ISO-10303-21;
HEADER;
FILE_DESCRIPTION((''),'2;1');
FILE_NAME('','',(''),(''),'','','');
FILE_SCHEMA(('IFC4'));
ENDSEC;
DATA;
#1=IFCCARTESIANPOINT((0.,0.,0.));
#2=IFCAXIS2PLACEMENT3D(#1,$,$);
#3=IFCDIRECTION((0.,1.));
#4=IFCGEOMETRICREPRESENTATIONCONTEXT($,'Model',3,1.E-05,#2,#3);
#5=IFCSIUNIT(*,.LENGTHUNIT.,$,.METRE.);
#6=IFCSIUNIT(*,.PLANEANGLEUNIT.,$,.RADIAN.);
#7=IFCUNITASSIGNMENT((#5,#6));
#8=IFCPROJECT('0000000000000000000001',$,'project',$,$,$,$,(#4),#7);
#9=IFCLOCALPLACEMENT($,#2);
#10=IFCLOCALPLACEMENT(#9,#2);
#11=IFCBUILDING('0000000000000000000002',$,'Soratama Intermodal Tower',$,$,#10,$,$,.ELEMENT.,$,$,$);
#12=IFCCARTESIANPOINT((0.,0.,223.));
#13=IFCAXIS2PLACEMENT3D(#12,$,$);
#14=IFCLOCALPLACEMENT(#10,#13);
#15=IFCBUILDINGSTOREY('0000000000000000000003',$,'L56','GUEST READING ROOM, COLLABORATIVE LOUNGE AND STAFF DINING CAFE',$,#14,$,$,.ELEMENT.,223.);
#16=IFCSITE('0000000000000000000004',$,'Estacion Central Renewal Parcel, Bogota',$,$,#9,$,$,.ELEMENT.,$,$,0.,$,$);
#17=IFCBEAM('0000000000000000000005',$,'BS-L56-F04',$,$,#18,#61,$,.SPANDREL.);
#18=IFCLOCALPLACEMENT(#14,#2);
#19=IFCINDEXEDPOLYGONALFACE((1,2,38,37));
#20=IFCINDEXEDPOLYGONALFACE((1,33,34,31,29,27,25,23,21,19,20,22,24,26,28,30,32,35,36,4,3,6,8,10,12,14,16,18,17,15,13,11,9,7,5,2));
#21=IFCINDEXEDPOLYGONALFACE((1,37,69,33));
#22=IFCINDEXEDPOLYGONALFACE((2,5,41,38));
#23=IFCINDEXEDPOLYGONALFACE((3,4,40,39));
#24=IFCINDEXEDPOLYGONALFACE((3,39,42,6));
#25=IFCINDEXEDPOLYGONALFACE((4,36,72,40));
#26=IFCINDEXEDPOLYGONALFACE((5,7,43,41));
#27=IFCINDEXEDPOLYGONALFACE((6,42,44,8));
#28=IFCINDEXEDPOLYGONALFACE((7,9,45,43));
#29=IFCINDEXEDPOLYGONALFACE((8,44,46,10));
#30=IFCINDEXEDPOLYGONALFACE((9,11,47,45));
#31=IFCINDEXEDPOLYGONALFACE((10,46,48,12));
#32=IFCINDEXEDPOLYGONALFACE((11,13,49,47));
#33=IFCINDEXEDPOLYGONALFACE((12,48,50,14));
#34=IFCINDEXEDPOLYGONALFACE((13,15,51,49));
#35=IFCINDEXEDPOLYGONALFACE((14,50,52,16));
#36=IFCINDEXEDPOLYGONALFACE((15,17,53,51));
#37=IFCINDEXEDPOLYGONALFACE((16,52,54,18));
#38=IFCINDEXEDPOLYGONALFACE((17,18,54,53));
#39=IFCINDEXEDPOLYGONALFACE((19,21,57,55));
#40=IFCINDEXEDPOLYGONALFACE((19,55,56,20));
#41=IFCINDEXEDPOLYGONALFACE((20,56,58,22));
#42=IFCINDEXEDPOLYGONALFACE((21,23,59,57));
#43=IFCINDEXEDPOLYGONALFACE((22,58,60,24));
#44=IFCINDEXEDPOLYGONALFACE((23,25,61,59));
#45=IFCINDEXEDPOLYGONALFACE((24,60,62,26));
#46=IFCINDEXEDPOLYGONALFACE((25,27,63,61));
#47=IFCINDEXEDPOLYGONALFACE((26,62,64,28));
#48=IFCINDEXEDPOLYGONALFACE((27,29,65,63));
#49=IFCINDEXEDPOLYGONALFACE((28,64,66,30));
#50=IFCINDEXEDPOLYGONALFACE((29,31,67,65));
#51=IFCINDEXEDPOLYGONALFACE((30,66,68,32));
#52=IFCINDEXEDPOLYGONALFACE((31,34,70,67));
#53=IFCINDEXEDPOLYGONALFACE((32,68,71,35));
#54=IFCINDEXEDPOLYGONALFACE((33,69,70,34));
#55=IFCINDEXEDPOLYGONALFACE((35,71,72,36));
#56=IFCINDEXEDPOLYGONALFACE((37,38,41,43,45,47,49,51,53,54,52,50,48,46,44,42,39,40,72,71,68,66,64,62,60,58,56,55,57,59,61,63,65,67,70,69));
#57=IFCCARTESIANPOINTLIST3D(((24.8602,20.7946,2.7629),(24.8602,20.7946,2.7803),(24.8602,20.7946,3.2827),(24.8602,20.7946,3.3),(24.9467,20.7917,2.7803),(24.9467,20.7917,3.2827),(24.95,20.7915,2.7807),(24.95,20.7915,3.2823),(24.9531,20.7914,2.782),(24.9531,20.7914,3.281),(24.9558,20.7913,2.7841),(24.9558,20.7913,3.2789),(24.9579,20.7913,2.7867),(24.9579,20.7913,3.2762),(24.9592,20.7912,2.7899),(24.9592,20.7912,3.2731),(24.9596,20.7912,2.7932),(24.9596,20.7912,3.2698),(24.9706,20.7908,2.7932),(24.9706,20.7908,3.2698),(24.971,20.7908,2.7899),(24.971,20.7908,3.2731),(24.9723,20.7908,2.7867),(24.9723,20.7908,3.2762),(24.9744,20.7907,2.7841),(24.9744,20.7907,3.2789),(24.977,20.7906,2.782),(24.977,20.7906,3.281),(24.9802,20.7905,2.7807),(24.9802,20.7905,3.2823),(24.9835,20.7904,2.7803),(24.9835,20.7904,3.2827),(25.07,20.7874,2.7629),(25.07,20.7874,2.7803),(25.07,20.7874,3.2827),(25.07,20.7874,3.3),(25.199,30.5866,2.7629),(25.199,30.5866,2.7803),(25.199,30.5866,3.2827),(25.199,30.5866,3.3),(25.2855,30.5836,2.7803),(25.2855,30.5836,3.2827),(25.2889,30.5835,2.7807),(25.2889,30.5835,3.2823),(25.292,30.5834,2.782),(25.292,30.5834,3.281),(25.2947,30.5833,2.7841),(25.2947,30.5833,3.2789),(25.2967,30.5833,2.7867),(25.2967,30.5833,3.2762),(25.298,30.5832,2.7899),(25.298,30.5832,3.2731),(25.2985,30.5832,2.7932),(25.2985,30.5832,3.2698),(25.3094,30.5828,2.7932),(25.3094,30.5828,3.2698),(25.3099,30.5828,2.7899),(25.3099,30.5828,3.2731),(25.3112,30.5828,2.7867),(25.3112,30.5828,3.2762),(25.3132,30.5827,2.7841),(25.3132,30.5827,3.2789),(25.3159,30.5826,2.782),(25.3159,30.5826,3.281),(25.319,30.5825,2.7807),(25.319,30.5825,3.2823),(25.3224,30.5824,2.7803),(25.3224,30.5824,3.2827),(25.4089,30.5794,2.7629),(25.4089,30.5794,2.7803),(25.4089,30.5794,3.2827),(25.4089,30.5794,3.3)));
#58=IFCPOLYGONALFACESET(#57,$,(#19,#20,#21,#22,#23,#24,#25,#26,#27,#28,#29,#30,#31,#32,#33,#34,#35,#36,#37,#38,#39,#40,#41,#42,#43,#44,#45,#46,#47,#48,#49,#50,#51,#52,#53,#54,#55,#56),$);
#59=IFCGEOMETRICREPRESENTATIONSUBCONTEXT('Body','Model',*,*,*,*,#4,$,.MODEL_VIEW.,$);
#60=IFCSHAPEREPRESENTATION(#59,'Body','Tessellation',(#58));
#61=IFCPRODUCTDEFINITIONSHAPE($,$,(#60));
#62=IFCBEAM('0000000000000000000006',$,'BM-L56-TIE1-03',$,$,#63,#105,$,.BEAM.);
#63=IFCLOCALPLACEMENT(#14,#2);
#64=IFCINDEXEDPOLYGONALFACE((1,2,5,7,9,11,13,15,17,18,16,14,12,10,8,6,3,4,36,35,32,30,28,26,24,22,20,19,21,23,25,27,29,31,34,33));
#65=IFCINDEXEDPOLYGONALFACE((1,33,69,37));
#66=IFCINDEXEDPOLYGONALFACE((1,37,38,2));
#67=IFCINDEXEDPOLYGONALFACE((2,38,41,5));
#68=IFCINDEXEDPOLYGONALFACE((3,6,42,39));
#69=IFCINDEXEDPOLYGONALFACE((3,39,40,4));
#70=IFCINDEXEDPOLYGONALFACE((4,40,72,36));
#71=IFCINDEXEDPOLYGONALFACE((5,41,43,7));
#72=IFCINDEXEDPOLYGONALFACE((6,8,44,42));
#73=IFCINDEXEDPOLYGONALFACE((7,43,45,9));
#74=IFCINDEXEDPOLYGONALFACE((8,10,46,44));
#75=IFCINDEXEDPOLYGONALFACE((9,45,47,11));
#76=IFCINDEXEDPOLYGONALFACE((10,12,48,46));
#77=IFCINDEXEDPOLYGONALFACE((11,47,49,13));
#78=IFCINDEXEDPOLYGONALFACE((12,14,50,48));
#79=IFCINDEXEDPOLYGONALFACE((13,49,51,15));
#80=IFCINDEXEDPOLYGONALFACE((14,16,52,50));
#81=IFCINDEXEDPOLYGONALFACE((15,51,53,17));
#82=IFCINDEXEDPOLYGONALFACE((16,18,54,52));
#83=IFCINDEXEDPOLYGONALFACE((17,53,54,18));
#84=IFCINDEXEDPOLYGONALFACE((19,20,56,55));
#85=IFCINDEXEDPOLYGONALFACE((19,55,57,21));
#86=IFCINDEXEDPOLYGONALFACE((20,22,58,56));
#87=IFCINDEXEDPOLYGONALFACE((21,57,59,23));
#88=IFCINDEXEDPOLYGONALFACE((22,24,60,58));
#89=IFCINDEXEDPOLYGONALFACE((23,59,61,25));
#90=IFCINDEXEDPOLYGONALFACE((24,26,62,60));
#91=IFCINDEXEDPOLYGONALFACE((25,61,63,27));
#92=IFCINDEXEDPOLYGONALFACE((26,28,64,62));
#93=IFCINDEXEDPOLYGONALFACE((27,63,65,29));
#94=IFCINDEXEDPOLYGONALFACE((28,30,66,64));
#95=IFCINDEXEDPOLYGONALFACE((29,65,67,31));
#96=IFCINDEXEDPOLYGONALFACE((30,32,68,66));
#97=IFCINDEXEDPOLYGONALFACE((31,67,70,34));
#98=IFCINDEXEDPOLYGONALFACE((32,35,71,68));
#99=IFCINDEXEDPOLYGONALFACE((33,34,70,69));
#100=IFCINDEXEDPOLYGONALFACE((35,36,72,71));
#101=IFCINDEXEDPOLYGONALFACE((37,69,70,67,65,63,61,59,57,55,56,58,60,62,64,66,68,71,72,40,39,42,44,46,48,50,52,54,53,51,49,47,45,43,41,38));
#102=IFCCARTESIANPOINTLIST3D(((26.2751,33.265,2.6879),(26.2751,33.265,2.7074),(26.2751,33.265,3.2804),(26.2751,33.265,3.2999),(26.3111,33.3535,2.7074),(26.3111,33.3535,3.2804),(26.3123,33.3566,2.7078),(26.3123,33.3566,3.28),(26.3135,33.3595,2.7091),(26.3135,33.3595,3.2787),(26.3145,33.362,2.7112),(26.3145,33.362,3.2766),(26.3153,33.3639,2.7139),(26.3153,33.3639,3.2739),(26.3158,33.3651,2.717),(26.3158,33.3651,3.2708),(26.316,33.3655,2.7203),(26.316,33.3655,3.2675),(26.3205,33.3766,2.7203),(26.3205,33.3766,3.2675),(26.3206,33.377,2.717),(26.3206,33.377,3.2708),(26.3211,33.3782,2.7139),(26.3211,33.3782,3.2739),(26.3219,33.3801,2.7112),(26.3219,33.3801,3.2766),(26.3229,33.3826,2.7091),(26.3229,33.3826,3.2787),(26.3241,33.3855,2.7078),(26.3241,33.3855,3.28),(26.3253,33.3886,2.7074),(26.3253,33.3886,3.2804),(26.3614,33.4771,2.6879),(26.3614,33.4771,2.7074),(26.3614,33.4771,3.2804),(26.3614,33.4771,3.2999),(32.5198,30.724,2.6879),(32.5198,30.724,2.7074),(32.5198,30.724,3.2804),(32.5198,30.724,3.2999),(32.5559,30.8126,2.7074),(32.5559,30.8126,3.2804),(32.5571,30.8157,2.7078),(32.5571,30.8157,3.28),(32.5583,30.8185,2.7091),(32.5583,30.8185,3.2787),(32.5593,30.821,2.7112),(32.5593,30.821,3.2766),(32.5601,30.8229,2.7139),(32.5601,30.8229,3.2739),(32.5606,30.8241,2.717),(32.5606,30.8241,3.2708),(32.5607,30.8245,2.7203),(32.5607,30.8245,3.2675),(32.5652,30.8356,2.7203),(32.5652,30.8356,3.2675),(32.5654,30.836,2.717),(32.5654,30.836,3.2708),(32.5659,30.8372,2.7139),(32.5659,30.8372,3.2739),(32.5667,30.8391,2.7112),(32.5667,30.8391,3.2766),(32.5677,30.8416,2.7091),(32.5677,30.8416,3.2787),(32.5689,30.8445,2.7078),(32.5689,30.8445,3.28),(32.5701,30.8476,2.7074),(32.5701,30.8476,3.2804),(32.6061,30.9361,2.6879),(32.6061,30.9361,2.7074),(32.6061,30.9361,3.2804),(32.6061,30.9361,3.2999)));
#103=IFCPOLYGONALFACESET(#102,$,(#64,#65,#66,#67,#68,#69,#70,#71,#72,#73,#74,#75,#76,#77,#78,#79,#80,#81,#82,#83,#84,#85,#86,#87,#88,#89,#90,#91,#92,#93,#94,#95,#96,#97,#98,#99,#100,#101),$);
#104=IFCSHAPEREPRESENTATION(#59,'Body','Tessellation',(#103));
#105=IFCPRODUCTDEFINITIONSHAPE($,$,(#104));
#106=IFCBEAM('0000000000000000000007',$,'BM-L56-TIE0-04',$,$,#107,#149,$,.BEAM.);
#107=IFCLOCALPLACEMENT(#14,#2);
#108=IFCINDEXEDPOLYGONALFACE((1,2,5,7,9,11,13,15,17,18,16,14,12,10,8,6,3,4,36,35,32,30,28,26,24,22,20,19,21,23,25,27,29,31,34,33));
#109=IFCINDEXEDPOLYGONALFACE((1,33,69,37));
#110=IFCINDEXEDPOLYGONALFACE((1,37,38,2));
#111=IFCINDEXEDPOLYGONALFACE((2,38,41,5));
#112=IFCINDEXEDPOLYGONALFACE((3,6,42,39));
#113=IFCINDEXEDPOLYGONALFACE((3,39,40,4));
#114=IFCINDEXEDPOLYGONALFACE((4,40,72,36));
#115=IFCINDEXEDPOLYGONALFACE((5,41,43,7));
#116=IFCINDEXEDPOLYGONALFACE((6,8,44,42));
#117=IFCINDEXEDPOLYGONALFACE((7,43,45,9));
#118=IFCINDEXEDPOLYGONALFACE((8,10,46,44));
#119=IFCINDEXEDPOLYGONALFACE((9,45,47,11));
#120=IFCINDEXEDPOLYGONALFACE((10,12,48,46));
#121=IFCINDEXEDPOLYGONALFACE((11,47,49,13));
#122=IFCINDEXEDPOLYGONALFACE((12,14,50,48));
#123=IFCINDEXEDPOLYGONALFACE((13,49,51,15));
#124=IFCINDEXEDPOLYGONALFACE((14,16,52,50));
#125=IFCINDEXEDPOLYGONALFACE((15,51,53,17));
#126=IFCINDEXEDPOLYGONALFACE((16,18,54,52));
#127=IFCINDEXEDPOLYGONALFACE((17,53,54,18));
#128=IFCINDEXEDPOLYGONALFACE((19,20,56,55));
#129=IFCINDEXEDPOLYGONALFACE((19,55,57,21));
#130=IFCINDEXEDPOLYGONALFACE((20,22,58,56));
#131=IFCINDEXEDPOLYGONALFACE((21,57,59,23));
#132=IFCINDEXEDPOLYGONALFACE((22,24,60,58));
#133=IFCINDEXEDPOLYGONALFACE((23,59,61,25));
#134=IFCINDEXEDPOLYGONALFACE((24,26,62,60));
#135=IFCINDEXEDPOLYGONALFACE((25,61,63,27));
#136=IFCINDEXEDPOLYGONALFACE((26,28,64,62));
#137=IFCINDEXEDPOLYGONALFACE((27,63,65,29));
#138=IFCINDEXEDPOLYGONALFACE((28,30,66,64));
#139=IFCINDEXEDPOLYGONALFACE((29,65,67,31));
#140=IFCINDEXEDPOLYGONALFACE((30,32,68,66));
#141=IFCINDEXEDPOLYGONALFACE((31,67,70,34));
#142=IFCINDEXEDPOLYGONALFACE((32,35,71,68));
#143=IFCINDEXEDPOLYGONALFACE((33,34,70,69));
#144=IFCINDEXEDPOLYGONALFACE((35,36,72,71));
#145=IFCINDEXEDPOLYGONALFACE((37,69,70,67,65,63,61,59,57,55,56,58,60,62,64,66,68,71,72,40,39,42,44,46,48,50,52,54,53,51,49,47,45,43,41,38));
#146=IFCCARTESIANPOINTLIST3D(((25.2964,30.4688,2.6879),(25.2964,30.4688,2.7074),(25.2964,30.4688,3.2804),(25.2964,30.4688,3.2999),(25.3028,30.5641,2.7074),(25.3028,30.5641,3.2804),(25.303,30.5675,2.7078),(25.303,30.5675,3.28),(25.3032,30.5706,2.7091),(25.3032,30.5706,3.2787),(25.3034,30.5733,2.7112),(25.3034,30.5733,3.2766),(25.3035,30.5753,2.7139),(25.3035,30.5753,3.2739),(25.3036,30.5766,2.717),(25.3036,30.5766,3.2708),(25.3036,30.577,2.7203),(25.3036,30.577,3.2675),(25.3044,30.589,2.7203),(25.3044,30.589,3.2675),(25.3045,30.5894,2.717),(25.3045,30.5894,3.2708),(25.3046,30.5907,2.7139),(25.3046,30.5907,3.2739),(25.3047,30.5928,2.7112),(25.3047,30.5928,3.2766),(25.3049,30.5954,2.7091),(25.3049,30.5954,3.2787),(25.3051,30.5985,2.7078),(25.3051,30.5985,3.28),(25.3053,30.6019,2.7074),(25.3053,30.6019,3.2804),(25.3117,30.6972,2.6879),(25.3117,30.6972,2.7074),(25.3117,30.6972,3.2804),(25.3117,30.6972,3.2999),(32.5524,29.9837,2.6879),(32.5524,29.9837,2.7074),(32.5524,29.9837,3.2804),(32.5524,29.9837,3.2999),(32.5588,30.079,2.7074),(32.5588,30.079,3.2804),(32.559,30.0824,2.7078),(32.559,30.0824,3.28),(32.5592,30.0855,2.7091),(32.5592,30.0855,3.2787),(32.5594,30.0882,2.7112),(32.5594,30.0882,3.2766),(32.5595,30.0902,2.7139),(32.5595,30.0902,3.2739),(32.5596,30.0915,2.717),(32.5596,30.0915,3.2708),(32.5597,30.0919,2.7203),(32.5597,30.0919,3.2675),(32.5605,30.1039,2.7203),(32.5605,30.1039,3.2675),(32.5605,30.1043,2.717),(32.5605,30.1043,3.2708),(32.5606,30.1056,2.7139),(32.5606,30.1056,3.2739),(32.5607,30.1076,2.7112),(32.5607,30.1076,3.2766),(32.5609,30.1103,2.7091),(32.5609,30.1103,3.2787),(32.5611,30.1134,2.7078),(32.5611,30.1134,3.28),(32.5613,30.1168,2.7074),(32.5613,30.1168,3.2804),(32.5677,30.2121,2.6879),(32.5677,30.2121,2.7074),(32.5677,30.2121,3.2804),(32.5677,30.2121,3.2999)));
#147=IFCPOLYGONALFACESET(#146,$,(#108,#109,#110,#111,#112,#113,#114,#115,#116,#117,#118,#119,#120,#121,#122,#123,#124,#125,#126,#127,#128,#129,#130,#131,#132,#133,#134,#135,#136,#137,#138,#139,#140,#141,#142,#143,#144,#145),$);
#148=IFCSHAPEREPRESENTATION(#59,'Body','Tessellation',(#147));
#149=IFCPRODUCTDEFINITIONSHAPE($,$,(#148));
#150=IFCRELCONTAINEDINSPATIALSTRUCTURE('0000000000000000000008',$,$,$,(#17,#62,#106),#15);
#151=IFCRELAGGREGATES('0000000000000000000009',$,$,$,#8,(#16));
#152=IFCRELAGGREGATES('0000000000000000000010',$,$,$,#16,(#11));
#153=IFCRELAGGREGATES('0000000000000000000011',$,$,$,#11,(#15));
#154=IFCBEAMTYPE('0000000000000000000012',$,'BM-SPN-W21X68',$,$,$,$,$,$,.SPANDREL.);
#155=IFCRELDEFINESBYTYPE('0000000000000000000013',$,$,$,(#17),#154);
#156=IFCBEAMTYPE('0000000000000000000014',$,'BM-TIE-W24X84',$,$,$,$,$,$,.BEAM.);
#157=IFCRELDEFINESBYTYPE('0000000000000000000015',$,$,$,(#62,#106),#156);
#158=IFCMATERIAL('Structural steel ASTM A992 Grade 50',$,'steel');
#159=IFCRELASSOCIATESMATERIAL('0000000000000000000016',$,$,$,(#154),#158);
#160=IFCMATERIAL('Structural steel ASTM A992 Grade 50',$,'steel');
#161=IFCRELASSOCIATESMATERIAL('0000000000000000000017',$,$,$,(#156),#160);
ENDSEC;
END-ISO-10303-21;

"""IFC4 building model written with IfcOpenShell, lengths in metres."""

from ifc_helpers import new_model, si_unit, direction, frame, origin, origin_2d, place, context, subcontext, project, spatial, i_section, extrude, material, material_profile, profile_set, type_object, element, save


model = new_model("IFC4")

# Units and contexts
model_context = context("Model", 3, precision=1e-05, world=origin(), true_north=direction((0.0, 1.0)))
body_context = subcontext(model_context, "Body", "Model", "MODEL_VIEW")
ifc_project = project(units=[si_unit("LENGTHUNIT", "METRE"), si_unit("PLANEANGLEUNIT", "RADIAN")], contexts=[model_context])

# Site, building, storey
site_placement = place(None, origin())
site = spatial("IfcSite", under=ifc_project, at=site_placement, Name="Estacion Central Renewal Parcel, Bogota", CompositionType="ELEMENT", RefElevation=0.0)
building_placement = place(site_placement, origin())
building = spatial("IfcBuilding", under=site, at=building_placement, Name="Soratama Intermodal Tower", CompositionType="ELEMENT")
storey_placement = place(building_placement, frame((0.0, 0.0, 223.0)))
storey = spatial("IfcBuildingStorey", under=building, at=storey_placement, Name="L56", Description="GUEST READING ROOM, COLLABORATIVE LOUNGE AND STAFF DINING CAFE", CompositionType="ELEMENT", Elevation=223.0)

# Beams
ifc_material_1 = material(Name="Structural steel ASTM A992 Grade 50", Category="steel")
ifc_material_profile_1 = material_profile(ifc_material_1, i_section(OverallWidth=0.21, OverallDepth=0.5371, WebThickness=0.011, FlangeThickness=0.0173, FilletRadius=0.0129, at=origin_2d()), Name="W21X68")
ifc_profile_set_1 = profile_set([ifc_material_profile_1], Name="Structural steel ASTM A992 Grade 50")
beam_type_1 = type_object("IfcBeamType", Name="BM-SPN-W21X68", PredefinedType="SPANDREL", material=ifc_profile_set_1)
beam_1_placement = place(storey_placement, frame((25.304, 30.583, 3.0315), z_axis=(-0.034586, -0.999402, 0.0), x_axis=(0.999402, -0.034586, 0.0)))
element("IfcBeam", 1, at=beam_1_placement, inside=storey, type_object=beam_type_1, Name="BS-L56-F04", PredefinedType="SPANDREL", context=body_context, shape_type="SweptSolid", body=[
    extrude(i_section(OverallWidth=0.21, OverallDepth=0.5371, WebThickness=0.011, FlangeThickness=0.0173, FilletRadius=0.0129, at=origin_2d()), origin(), (0.0, 0.0, 1.0), 9.7979),
])
ifc_material_2 = material(Name="Structural steel ASTM A992 Grade 50", Category="steel")
ifc_material_profile_2 = material_profile(ifc_material_2, i_section(OverallWidth=0.229, OverallDepth=0.6121, WebThickness=0.012, FlangeThickness=0.0195, FilletRadius=0.0129, at=origin_2d()), Name="W24X84")
ifc_profile_set_2 = profile_set([ifc_material_profile_2], Name="Structural steel ASTM A992 Grade 50")
beam_type_2 = type_object("IfcBeamType", Name="BM-TIE-W24X84", PredefinedType="BEAM", material=ifc_profile_set_2)
beam_2_placement = place(storey_placement, frame((32.563, 30.8301, 2.9939), z_axis=(-0.926258, 0.376891, 0.0), x_axis=(-0.376891, -0.926258, 0.0)))
element("IfcBeam", 2, at=beam_2_placement, inside=storey, type_object=beam_type_2, Name="BM-L56-TIE1-03", PredefinedType="BEAM", context=body_context, shape_type="SweptSolid", body=[
    extrude(i_section(OverallWidth=0.229, OverallDepth=0.6121, WebThickness=0.012, FlangeThickness=0.0195, FilletRadius=0.0129, at=origin_2d()), origin(), (0.0, 0.0, 1.0), 6.7419),
])
beam_3_placement = place(storey_placement, frame((32.5601, 30.0979, 2.9939), z_axis=(-0.997773, 0.066706, 0.0), x_axis=(-0.066706, -0.997773, 0.0)))
element("IfcBeam", 3, at=beam_3_placement, inside=storey, type_object=beam_type_2, Name="BM-L56-TIE0-04", PredefinedType="BEAM", context=body_context, shape_type="SweptSolid", body=[
    extrude(i_section(OverallWidth=0.229, OverallDepth=0.6121, WebThickness=0.012, FlangeThickness=0.0195, FilletRadius=0.0129, at=origin_2d()), origin(), (0.0, 0.0, 1.0), 7.2722),
])

save(model, "model.ifc")
